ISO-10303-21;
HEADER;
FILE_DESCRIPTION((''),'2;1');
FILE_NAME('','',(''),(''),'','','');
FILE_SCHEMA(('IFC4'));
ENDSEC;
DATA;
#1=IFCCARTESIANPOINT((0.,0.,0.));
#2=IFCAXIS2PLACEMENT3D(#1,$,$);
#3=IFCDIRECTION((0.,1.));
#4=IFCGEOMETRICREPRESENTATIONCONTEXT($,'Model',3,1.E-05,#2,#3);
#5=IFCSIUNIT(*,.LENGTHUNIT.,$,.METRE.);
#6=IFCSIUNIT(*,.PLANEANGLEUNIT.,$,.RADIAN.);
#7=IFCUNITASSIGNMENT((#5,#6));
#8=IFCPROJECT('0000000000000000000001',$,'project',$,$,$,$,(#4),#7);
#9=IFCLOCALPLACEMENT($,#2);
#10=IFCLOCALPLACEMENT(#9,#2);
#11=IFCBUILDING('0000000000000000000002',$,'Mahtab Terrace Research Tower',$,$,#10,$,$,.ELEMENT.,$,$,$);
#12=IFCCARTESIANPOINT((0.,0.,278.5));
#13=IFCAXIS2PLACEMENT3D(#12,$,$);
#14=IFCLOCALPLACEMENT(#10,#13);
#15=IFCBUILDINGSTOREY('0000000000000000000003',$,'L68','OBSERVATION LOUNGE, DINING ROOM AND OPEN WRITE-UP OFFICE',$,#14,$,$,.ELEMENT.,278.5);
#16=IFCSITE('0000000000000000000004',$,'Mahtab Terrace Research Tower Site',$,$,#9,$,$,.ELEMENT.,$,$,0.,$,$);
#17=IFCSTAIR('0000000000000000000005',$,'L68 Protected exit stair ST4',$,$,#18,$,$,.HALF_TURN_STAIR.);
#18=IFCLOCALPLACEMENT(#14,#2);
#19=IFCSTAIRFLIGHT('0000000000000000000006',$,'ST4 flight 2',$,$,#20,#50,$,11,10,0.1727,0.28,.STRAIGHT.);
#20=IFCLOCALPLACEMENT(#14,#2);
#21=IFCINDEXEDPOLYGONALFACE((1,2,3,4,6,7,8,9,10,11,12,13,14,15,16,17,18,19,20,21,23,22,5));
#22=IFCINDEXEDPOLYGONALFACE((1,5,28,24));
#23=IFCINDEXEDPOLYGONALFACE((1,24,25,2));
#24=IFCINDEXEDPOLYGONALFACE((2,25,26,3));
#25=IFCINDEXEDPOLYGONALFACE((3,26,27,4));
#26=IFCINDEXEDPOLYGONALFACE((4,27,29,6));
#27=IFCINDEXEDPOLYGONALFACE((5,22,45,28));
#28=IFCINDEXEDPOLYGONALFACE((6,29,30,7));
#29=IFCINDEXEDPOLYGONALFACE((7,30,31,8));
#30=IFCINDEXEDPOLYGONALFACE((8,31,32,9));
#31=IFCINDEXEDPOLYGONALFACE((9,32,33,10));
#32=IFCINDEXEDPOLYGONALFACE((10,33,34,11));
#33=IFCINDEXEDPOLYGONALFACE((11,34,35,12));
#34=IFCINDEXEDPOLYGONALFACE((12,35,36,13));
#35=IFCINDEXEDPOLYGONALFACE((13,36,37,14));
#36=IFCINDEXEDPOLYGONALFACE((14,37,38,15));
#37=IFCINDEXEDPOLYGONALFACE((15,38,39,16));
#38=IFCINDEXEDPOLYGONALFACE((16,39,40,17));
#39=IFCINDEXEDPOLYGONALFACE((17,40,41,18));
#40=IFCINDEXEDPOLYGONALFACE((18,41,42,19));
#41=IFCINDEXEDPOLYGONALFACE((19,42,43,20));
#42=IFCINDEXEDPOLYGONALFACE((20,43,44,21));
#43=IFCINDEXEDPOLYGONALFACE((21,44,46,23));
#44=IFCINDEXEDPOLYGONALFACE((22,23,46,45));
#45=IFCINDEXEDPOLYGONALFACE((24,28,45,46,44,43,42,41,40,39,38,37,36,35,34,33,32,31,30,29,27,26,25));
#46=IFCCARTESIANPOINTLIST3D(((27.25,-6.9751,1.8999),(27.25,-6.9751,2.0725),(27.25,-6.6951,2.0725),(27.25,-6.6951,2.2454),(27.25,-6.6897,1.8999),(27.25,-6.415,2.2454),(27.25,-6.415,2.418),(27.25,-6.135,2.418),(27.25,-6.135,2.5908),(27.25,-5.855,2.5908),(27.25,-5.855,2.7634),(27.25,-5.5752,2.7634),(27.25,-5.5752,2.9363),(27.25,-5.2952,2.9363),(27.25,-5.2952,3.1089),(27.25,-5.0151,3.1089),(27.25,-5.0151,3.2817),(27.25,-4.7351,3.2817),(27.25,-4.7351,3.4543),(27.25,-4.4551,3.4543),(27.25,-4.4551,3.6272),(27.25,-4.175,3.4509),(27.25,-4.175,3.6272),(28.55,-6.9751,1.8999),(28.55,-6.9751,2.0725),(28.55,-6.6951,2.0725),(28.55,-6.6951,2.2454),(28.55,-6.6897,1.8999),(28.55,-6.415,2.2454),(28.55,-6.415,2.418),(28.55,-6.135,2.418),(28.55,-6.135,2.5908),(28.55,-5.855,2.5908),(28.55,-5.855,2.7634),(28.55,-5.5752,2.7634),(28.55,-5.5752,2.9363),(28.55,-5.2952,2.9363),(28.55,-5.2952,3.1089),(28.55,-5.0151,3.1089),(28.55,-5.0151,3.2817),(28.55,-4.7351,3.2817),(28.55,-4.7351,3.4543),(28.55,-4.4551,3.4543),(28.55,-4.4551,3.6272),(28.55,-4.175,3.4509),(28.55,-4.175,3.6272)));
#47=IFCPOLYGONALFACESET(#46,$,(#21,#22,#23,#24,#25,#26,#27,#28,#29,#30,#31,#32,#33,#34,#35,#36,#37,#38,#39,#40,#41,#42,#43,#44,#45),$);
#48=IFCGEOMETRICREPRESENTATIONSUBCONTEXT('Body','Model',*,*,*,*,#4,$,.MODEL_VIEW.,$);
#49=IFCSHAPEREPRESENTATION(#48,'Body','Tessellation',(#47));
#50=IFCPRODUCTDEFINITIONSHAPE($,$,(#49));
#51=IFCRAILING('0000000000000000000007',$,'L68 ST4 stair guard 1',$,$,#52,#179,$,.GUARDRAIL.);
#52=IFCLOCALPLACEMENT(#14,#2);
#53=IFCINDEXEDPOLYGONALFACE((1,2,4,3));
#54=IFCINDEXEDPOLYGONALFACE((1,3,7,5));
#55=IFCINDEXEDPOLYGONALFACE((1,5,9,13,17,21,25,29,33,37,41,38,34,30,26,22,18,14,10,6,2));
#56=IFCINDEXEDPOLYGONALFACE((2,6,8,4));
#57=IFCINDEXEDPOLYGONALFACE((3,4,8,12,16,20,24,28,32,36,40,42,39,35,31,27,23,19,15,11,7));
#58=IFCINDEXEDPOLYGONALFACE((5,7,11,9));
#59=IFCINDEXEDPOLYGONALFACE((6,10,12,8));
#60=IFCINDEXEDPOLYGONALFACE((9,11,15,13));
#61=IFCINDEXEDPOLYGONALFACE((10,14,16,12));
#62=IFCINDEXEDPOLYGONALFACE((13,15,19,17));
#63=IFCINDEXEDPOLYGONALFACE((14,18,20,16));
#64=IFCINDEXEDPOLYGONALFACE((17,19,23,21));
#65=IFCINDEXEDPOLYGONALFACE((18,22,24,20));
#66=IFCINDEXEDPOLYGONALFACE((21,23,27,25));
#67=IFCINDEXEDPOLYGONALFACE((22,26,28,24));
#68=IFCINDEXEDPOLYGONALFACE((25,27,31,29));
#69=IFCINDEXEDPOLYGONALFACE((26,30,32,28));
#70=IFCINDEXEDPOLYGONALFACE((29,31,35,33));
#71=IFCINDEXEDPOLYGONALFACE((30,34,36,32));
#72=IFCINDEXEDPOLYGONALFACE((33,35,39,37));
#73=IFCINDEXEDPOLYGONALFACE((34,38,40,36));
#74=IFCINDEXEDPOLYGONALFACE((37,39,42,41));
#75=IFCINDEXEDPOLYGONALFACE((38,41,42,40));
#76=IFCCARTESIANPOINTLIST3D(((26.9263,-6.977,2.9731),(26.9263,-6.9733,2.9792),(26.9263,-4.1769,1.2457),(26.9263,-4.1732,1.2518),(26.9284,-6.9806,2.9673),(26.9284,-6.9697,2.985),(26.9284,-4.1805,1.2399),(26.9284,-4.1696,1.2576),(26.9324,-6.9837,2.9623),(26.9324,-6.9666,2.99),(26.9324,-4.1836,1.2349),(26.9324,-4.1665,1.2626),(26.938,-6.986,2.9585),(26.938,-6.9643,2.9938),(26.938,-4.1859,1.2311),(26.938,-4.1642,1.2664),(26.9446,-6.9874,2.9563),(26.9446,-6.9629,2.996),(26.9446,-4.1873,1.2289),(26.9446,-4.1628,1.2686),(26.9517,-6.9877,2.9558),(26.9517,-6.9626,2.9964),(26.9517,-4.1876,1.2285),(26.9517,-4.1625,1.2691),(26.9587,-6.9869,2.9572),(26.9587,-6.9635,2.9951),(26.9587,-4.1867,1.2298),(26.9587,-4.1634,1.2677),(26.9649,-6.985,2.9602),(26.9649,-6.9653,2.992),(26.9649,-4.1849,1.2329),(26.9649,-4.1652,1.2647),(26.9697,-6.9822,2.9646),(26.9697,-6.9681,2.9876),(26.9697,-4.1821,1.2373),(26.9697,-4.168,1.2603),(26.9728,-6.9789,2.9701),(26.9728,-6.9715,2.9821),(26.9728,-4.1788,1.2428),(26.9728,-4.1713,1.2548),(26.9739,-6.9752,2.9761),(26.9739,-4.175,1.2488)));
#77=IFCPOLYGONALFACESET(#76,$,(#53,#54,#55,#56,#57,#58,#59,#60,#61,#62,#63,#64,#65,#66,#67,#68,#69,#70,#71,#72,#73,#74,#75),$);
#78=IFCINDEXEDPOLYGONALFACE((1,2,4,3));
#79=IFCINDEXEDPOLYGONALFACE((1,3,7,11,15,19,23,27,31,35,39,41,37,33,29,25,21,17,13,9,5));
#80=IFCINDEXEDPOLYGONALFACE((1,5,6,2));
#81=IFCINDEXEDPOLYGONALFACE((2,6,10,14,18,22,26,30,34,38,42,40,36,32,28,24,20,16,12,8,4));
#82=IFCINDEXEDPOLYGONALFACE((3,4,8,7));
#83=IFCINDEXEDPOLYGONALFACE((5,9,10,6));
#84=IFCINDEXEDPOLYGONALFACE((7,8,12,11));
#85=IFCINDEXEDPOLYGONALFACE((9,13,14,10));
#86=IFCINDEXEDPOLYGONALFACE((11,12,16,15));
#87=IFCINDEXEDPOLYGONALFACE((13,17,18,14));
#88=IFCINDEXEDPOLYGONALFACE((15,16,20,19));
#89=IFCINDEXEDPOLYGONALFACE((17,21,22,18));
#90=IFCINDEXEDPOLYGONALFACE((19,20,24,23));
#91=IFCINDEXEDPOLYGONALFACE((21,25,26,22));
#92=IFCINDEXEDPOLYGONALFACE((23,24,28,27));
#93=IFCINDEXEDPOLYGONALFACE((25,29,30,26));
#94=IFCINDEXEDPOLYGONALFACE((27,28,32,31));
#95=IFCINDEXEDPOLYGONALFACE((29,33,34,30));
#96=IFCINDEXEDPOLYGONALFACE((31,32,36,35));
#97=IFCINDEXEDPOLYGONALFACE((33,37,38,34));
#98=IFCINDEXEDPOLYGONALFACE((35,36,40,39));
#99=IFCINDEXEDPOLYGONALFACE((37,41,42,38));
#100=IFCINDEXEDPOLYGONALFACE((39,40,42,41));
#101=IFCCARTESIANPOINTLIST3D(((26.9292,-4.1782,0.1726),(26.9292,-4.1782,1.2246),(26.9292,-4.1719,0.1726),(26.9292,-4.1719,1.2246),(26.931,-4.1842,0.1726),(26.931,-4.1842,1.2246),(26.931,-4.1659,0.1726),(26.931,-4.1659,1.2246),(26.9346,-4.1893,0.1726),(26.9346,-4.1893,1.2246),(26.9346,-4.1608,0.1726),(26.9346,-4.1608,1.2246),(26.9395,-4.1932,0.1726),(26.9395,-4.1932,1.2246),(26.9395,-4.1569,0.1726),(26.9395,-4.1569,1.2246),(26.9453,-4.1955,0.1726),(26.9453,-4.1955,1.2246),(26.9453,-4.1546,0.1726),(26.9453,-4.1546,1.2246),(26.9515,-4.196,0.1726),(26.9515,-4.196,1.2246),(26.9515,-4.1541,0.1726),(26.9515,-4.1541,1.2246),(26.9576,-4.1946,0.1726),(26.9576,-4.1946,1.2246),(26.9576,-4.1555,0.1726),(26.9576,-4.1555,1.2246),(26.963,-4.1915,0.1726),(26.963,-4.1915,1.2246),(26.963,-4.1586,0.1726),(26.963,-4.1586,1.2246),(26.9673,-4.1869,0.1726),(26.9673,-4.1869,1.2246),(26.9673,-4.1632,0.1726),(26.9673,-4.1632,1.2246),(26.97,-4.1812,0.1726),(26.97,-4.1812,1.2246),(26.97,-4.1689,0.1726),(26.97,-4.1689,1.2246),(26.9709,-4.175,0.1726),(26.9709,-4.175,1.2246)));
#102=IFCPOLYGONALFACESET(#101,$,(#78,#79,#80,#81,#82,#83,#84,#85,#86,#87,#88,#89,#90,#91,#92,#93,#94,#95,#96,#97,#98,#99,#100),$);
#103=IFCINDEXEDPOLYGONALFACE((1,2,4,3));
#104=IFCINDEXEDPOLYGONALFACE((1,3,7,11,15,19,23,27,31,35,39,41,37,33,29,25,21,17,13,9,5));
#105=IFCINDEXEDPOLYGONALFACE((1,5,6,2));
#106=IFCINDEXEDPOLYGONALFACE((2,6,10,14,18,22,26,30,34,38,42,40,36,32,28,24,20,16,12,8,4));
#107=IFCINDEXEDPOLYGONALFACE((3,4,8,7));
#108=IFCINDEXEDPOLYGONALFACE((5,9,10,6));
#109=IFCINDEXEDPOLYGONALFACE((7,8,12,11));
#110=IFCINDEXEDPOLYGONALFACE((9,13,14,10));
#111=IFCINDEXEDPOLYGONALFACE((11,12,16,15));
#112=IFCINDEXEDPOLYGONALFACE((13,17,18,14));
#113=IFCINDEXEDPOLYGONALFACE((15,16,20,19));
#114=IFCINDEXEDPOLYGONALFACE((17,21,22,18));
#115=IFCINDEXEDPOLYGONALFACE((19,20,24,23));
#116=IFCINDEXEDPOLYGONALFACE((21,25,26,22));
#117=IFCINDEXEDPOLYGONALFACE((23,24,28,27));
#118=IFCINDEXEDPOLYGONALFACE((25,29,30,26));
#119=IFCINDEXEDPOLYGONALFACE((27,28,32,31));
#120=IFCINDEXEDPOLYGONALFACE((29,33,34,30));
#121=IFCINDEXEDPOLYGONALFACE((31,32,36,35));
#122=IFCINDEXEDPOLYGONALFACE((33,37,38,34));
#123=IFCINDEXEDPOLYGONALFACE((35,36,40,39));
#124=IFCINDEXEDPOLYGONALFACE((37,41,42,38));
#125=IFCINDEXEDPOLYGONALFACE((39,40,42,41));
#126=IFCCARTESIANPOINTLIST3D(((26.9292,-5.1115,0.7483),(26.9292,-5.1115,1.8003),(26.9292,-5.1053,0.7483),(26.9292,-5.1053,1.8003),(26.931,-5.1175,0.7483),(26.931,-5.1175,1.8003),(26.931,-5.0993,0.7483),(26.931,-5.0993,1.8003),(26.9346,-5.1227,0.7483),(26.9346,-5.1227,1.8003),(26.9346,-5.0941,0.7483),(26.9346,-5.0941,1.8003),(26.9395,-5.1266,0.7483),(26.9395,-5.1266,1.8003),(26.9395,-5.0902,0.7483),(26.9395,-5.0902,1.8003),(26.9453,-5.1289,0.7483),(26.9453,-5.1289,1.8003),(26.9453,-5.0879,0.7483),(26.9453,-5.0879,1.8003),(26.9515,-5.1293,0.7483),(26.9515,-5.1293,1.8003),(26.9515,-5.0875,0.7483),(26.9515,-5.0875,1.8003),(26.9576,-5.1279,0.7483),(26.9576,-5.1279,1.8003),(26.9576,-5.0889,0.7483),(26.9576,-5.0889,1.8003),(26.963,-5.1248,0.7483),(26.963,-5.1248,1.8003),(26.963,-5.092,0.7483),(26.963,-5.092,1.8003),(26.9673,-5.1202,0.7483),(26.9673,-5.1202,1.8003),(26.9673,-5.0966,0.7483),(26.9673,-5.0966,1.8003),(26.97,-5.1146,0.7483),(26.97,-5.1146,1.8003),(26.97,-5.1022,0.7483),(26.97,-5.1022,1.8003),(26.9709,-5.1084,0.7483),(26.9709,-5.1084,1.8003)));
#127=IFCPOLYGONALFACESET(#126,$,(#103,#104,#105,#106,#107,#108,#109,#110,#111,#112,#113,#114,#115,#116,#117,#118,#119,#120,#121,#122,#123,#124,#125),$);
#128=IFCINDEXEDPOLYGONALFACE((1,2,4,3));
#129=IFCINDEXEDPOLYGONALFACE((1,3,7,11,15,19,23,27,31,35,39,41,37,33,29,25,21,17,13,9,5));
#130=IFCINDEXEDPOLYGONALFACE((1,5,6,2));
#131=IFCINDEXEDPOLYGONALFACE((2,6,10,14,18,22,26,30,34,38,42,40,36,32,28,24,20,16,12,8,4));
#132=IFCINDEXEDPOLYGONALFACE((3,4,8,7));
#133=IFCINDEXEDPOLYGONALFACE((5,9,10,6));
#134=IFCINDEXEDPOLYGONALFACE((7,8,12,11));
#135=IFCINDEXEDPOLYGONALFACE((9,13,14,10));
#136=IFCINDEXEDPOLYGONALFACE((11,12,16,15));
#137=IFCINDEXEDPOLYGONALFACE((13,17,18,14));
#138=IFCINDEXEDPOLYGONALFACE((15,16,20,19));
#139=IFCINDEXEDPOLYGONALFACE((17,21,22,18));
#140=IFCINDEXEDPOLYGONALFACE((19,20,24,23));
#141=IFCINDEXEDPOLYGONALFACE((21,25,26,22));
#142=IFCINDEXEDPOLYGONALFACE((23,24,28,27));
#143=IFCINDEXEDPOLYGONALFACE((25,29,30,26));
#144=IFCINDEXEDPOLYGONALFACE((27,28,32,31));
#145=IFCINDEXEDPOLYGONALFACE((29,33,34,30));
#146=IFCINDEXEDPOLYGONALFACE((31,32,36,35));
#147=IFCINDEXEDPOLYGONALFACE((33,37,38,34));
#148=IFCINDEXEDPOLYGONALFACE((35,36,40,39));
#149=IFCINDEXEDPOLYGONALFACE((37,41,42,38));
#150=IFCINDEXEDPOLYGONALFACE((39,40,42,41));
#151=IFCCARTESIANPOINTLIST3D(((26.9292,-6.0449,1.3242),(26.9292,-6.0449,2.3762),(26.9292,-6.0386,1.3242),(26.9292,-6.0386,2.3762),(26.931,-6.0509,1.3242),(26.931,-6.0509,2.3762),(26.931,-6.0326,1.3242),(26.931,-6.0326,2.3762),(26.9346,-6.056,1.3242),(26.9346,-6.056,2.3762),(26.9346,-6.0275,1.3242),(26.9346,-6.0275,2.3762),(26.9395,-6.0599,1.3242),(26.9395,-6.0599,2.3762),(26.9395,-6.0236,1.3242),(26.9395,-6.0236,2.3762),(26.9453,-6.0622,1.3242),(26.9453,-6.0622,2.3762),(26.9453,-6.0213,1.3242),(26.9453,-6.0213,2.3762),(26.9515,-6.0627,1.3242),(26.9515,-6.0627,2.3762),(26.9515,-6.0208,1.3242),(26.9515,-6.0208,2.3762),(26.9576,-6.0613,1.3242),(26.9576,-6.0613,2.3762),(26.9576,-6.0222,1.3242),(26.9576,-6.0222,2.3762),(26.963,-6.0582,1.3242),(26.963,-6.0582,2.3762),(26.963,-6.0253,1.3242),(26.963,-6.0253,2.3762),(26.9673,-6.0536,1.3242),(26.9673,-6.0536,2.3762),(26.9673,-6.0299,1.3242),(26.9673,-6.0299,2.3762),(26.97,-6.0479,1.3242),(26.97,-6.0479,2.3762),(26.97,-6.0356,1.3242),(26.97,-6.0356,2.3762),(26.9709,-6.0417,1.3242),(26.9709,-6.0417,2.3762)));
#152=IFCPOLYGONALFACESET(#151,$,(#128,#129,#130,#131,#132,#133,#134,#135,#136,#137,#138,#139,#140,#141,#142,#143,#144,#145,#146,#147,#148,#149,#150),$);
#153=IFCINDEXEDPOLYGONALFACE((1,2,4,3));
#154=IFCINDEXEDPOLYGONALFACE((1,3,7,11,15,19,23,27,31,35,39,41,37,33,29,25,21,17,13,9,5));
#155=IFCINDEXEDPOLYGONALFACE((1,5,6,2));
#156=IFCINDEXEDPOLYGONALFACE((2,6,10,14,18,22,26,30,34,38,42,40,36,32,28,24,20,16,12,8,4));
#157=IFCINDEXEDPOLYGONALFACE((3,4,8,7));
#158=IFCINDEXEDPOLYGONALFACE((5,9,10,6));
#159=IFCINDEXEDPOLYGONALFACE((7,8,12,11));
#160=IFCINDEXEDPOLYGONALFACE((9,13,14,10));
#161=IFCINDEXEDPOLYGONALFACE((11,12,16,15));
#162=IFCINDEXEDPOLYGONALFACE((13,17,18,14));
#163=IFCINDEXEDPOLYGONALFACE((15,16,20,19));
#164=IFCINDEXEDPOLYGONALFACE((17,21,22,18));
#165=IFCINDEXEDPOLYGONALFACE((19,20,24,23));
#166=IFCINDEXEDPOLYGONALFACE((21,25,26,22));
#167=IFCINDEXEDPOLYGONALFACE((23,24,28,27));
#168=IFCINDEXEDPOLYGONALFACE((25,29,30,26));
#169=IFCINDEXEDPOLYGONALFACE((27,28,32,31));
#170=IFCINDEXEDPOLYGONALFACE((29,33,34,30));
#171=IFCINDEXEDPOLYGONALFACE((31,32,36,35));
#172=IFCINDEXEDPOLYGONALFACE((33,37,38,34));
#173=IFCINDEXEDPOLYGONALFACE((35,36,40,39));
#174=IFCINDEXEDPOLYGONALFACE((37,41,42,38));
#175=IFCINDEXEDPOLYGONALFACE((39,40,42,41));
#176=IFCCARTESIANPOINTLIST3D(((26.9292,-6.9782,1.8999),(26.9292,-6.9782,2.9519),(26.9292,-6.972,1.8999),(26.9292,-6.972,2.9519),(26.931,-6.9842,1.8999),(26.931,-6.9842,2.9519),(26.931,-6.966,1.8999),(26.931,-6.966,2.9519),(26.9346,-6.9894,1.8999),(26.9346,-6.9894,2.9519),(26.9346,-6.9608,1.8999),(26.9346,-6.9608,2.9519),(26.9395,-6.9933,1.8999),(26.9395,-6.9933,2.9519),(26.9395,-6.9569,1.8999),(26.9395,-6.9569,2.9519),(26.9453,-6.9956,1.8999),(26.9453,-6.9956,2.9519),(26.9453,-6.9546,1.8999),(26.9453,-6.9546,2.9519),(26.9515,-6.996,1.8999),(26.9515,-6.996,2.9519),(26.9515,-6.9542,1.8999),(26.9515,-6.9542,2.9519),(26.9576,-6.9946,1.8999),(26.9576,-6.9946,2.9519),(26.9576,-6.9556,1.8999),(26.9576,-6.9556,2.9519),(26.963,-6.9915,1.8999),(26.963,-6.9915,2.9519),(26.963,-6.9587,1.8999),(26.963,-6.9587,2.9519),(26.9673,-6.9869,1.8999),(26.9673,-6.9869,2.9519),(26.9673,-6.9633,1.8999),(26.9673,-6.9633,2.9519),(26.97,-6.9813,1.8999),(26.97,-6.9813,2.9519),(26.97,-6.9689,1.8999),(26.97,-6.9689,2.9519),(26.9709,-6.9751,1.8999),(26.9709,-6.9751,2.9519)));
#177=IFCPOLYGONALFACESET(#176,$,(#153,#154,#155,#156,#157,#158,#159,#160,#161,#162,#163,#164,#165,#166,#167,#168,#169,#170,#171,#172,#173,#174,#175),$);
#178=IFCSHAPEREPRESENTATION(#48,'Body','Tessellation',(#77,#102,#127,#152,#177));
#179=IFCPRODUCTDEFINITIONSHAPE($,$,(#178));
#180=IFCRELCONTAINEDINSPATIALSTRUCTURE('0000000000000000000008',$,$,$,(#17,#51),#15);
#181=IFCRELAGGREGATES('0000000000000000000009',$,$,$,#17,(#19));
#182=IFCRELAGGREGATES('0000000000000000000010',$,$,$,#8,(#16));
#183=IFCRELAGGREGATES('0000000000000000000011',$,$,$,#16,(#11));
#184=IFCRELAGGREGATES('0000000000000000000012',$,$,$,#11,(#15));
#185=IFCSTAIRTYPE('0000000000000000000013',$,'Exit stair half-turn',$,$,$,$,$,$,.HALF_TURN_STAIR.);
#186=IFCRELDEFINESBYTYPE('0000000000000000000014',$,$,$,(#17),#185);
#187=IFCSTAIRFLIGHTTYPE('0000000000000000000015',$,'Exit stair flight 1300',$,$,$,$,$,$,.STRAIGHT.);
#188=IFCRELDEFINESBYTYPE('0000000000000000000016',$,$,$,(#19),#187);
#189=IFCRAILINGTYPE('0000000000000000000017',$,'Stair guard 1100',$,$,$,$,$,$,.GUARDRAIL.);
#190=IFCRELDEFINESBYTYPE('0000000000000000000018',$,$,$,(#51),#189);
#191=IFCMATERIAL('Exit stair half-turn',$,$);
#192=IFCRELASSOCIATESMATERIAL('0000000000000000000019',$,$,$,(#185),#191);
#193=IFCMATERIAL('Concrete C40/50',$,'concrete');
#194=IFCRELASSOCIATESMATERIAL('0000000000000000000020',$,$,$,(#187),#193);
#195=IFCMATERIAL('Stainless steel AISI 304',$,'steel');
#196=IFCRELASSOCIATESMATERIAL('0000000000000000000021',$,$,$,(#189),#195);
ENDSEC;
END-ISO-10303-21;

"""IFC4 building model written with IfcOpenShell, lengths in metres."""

from ifc_helpers import new_model, si_unit, direction, frame, origin, origin_2d, place, context, subcontext, project, spatial, polyline, circle, outline, extrude, material, type_object, element, aggregate, save


model = new_model("IFC4")

# Units and contexts
model_context = context("Model", 3, precision=1e-05, world=origin(), true_north=direction((0.0, 1.0)))
body_context = subcontext(model_context, "Body", "Model", "MODEL_VIEW")
ifc_project = project(units=[si_unit("LENGTHUNIT", "METRE"), si_unit("PLANEANGLEUNIT", "RADIAN")], contexts=[model_context])

# Site, building, storey
site_placement = place(None, origin())
site = spatial("IfcSite", under=ifc_project, at=site_placement, Name="Mahtab Terrace Research Tower Site", CompositionType="ELEMENT", RefElevation=0.0)
building_placement = place(site_placement, origin())
building = spatial("IfcBuilding", under=site, at=building_placement, Name="Mahtab Terrace Research Tower", CompositionType="ELEMENT")
storey_placement = place(building_placement, frame((0.0, 0.0, 278.5)))
storey = spatial("IfcBuildingStorey", under=building, at=storey_placement, Name="L68", Description="OBSERVATION LOUNGE, DINING ROOM AND OPEN WRITE-UP OFFICE", CompositionType="ELEMENT", Elevation=278.5)

# Stair, stair flight
ifc_material_1 = material(Name="Exit stair half-turn")
stair_type = type_object("IfcStairType", Name="Exit stair half-turn", PredefinedType="HALF_TURN_STAIR", material=ifc_material_1)
stair_placement = place(storey_placement, origin())
stair = element("IfcStair", 1, at=stair_placement, inside=storey, type_object=stair_type, Name="L68 Protected exit stair ST4", PredefinedType="HALF_TURN_STAIR")
ifc_material_2 = material(Name="Concrete C40/50", Category="concrete")
stair_flight_type = type_object("IfcStairFlightType", Name="Exit stair flight 1300", PredefinedType="STRAIGHT", material=ifc_material_2)
stair_flight_1_placement = place(storey_placement, frame((27.8999, -6.9751, 1.8999), z_axis=(0.0, 0.0, 1.0), x_axis=(0.0, 1.0, 0.0)))
stair_flight_1 = element("IfcStairFlight", 2, at=stair_flight_1_placement, type_object=stair_flight_type, Name="ST4 flight 2", NumberOfRisers=11, NumberOfTreads=10, PredefinedType="STRAIGHT", RiserHeight=0.1727, TreadLength=0.28, context=body_context, shape_type="SweptSolid", body=[
    extrude(outline(polyline([(0.0, 0.0), (0.0, 0.1726), (0.28, 0.1726), (0.28, 0.3455), (0.5601, 0.3455), (0.5601, 0.5181), (0.8401, 0.5181), (0.8401, 0.6909), (1.1201, 0.6909), (1.1201, 0.8635), (1.3999, 0.8635), (1.3999, 1.0364), (1.6799, 1.0364), (1.6799, 1.209), (1.96, 1.209), (1.96, 1.3818), (2.24, 1.3818), (2.24, 1.5544), (2.52, 1.5544), (2.52, 1.7273), (2.8, 1.7273), (2.8, 1.8999), (2.8, 1.551), (0.2854, 0.0), (0.0, 0.0)])), frame((0.0, 0.6499, 0.0), z_axis=(0.0, -1.0, 0.0), x_axis=(1.0, 0.0, 0.0)), (0.0, 0.0, 1.0), 1.3),
])
aggregate(stair, [stair_flight_1])

# Railing
ifc_material_3 = material(Name="Stainless steel AISI 304", Category="steel")
railing_type_1 = type_object("IfcRailingType", Name="Stair guard 1100", PredefinedType="GUARDRAIL", material=ifc_material_3)
railing_1_placement = place(storey_placement, frame((26.95, -4.175, 0.1726)))
element("IfcRailing", 3, at=railing_1_placement, inside=storey, type_object=railing_type_1, Name="L68 ST4 stair guard 1", PredefinedType="GUARDRAIL", context=body_context, shape_type="SweptSolid", body=[
    extrude(circle(Radius=0.0239, at=origin_2d()), frame((0.0, 0.0, 1.0762), z_axis=(0.0, -0.85109, 0.52502), x_axis=(1.0, 0.0, 0.0)), (0.0, 0.0, 1.0), 3.29),
    extrude(circle(Radius=0.021, at=origin_2d()), origin(), (0.0, 0.0, 1.0), 1.052),
    extrude(circle(Radius=0.021, at=origin_2d()), frame((0.0, -0.9333, 0.5757)), (0.0, 0.0, 1.0), 1.052),
    extrude(circle(Radius=0.021, at=origin_2d()), frame((0.0, -1.8667, 1.1516)), (0.0, 0.0, 1.0), 1.052),
    extrude(circle(Radius=0.021, at=origin_2d()), frame((0.0, -2.8, 1.7273)), (0.0, 0.0, 1.0), 1.052),
])

save(model, "model.ifc")
